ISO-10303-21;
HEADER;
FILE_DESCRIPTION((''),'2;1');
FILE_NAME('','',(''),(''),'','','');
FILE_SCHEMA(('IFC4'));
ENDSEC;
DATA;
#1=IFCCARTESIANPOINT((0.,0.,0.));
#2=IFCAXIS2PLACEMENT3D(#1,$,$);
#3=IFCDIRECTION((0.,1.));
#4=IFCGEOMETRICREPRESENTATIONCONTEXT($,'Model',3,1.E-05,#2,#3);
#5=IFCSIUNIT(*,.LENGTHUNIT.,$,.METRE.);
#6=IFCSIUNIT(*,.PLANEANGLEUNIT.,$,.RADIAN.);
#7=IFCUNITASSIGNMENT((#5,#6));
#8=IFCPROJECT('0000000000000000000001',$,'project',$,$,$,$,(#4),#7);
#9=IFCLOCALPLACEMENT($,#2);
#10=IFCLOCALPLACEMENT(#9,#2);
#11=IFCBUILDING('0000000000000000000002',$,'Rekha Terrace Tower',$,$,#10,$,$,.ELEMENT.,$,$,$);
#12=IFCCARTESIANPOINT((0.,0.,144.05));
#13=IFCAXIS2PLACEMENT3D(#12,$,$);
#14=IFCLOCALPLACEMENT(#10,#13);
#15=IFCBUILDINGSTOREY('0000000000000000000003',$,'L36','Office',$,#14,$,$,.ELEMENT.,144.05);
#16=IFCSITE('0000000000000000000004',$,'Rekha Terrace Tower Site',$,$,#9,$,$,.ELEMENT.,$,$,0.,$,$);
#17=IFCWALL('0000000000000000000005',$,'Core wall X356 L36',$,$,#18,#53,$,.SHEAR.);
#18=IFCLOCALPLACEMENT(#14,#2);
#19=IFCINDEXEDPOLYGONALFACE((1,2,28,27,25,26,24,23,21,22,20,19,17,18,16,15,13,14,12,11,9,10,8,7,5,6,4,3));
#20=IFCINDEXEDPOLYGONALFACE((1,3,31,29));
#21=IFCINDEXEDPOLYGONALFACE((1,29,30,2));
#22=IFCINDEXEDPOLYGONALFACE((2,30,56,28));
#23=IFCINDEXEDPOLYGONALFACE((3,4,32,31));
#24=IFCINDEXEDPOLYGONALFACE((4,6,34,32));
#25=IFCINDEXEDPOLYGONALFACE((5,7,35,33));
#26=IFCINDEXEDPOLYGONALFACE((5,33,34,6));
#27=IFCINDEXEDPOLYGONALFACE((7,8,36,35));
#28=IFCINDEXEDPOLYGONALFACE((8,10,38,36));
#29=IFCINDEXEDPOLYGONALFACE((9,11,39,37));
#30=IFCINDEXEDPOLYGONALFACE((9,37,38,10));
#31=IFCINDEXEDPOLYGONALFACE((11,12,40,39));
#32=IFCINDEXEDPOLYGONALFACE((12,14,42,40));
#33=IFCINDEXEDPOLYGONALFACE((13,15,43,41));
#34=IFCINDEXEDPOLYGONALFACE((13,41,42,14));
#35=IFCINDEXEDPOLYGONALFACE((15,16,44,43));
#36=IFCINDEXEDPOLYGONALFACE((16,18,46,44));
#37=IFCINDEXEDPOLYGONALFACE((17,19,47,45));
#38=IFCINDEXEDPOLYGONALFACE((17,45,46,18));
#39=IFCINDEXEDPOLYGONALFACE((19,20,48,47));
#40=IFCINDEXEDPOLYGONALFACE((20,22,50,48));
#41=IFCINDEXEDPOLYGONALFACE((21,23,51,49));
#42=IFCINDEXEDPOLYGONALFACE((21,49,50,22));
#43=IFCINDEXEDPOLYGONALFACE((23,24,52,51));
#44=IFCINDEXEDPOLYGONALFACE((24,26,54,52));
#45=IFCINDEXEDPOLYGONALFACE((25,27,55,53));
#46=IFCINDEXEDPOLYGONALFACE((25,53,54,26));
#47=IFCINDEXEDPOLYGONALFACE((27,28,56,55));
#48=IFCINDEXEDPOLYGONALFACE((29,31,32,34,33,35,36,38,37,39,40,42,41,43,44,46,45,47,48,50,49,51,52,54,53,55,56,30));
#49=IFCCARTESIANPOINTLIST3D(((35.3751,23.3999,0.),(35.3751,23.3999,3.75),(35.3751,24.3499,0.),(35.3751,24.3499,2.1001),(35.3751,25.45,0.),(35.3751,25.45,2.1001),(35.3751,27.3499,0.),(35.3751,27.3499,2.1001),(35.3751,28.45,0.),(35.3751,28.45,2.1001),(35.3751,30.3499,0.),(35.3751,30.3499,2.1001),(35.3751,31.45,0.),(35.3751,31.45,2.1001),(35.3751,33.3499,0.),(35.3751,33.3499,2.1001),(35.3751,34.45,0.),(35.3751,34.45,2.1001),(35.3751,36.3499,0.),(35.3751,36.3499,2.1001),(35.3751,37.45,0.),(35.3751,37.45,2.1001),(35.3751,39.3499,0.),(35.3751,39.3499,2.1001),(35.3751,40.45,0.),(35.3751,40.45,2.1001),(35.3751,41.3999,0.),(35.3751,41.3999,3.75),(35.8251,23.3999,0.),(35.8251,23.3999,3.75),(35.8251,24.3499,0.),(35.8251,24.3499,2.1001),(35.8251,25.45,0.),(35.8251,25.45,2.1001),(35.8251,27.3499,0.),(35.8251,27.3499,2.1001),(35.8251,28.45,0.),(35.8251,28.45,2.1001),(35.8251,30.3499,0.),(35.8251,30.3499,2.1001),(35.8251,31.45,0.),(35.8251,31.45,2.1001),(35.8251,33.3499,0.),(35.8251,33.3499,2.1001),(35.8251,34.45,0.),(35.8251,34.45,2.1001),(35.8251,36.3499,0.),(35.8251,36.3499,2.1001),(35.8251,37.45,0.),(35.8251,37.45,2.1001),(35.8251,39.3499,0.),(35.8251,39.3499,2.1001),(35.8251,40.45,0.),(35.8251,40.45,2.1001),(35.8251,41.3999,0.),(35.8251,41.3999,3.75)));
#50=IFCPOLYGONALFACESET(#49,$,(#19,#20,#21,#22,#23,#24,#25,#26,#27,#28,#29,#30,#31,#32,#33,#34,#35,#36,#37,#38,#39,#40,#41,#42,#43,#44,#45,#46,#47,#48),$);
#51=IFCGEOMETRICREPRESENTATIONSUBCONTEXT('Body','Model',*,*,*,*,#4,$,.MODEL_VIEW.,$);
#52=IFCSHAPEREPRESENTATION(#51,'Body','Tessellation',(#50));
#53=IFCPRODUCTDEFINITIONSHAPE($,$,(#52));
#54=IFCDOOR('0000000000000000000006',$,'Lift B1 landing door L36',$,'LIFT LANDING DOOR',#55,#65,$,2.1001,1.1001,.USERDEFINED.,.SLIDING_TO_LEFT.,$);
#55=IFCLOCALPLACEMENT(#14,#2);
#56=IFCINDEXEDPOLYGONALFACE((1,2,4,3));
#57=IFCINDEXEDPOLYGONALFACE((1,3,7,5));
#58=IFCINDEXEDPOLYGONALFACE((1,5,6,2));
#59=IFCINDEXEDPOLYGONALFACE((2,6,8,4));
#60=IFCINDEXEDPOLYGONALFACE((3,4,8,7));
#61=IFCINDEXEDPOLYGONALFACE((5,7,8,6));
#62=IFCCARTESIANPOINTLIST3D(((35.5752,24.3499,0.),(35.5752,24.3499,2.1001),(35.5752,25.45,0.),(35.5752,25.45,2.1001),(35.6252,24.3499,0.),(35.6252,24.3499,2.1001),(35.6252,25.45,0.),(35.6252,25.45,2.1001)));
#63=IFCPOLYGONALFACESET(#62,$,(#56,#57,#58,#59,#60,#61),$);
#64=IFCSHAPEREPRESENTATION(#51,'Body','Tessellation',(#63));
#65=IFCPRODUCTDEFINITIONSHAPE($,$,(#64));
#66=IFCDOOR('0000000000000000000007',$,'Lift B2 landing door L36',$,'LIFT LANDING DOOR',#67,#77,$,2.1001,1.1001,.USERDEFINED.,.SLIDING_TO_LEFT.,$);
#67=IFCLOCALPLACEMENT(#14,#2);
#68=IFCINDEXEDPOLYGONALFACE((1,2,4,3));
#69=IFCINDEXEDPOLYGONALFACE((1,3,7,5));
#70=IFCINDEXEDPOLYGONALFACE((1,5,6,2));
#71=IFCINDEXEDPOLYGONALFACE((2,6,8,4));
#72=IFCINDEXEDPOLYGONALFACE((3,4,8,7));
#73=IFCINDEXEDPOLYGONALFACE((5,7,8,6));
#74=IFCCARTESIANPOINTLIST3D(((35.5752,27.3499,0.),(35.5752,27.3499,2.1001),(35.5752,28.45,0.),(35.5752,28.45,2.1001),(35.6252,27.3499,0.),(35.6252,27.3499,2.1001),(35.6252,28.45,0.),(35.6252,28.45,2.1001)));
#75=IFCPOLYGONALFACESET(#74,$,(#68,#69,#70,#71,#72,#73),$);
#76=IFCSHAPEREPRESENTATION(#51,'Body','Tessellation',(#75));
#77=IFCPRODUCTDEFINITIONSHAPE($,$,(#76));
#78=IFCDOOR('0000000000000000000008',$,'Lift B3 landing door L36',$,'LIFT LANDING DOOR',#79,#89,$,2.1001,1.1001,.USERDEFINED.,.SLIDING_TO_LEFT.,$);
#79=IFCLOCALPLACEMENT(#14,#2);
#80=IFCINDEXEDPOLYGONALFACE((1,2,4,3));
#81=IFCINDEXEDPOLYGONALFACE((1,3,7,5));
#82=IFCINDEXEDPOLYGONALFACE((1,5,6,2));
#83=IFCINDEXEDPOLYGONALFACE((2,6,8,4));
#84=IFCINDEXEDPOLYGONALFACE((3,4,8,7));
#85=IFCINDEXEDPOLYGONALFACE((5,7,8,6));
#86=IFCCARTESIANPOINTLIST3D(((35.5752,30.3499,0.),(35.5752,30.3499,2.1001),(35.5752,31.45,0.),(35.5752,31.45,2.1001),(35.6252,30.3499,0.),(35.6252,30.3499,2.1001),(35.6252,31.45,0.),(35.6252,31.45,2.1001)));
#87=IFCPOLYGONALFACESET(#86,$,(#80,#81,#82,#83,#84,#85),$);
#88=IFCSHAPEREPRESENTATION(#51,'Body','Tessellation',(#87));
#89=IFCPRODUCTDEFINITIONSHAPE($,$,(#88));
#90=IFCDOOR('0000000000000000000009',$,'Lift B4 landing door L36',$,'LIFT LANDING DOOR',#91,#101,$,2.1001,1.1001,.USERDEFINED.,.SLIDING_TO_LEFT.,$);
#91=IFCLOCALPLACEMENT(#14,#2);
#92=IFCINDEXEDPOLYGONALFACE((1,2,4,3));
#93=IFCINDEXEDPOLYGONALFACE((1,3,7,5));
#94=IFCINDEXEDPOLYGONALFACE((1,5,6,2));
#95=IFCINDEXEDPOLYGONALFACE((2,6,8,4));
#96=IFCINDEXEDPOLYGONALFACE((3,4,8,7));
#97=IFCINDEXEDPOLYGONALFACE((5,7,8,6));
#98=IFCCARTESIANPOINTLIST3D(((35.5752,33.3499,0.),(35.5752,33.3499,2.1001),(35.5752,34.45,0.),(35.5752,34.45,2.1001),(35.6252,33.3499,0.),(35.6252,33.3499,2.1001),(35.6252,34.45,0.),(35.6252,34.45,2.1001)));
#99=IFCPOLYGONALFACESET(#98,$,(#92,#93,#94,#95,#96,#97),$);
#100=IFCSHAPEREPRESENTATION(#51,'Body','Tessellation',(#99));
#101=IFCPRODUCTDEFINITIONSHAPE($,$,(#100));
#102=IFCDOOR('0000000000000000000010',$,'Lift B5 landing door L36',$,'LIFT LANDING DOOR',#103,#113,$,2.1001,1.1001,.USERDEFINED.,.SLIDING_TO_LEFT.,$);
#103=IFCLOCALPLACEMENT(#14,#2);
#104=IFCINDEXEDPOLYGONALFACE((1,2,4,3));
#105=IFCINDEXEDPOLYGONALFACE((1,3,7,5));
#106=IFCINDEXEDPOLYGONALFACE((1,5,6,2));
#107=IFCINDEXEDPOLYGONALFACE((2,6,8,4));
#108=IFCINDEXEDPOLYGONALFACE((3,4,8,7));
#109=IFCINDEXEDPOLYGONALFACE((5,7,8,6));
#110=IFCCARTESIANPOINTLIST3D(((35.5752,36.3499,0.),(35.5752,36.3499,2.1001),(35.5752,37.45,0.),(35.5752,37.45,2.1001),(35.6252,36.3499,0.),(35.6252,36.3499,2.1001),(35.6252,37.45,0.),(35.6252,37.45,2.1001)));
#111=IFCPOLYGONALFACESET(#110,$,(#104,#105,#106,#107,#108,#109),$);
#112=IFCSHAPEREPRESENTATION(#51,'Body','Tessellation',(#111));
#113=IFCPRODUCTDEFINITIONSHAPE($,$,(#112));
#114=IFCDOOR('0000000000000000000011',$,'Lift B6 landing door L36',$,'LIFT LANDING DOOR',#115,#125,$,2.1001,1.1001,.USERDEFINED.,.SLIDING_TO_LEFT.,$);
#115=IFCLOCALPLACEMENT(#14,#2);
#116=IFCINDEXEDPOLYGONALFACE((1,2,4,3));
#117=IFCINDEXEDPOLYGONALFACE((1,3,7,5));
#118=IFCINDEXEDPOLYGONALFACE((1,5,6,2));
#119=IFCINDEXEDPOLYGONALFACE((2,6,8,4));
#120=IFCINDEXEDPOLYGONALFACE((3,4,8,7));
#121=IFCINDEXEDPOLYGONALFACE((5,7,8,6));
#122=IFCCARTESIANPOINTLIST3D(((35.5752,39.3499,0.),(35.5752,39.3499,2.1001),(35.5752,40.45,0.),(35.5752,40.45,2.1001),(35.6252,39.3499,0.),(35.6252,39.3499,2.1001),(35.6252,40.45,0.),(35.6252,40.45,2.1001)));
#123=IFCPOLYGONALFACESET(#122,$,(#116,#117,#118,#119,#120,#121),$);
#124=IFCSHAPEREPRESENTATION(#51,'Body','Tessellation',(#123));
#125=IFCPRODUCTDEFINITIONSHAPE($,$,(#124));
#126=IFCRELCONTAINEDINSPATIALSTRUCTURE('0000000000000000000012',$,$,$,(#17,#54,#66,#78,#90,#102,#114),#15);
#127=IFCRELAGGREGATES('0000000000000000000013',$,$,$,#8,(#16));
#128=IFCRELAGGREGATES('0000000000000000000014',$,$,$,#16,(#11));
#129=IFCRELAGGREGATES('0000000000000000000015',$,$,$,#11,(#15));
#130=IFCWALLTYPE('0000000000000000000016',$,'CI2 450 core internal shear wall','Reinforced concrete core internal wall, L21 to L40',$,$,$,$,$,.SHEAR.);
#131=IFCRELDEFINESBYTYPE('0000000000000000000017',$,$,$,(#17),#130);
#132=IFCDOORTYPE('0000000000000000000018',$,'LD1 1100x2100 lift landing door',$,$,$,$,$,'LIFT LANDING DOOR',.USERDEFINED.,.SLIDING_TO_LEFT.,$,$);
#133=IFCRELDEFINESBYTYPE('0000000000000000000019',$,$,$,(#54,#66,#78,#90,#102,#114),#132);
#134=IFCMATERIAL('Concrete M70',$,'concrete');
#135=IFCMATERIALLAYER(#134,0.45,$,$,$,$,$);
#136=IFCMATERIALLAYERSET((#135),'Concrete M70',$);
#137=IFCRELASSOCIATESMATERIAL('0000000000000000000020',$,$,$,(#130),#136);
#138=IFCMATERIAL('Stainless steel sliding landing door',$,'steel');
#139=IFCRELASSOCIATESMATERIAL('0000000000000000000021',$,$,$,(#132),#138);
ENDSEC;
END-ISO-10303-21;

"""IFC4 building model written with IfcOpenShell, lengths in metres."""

from ifc_helpers import new_model, si_unit, direction, frame, frame_2d, origin, place, context, subcontext, project, spatial, rectangle, extrude, material, layer, layer_set, type_object, element, fill, save


model = new_model("IFC4")

# Units and contexts
model_context = context("Model", 3, precision=1e-05, world=origin(), true_north=direction((0.0, 1.0)))
body_context = subcontext(model_context, "Body", "Model", "MODEL_VIEW")
ifc_project = project(units=[si_unit("LENGTHUNIT", "METRE"), si_unit("PLANEANGLEUNIT", "RADIAN")], contexts=[model_context])

# Site, building, storey
site_placement = place(None, origin())
site = spatial("IfcSite", under=ifc_project, at=site_placement, Name="Rekha Terrace Tower Site", CompositionType="ELEMENT", RefElevation=0.0)
building_placement = place(site_placement, origin())
building = spatial("IfcBuilding", under=site, at=building_placement, Name="Rekha Terrace Tower", CompositionType="ELEMENT")
storey_placement = place(building_placement, frame((0.0, 0.0, 144.05)))
storey = spatial("IfcBuildingStorey", under=building, at=storey_placement, Name="L36", Description="Office", CompositionType="ELEMENT", Elevation=144.05)

# Wall, openings, doors
ifc_material_1 = material(Name="Concrete M70", Category="concrete")
ifc_layer_1 = layer(ifc_material_1, 0.45)
ifc_layer_set_1 = layer_set([ifc_layer_1], Name="Concrete M70")
wall_type_1 = type_object("IfcWallType", Name="CI2 450 core internal shear wall", Description="Reinforced concrete core internal wall, L21 to L40", PredefinedType="SHEAR", material=ifc_layer_set_1)
wall_1_placement = place(storey_placement, frame((35.6001, 23.3999, 0.0), z_axis=(0.0, 0.0, 1.0), x_axis=(0.0, 1.0, 0.0)))
wall_1 = element("IfcWall", 1, at=wall_1_placement, inside=storey, type_object=wall_type_1, Name="Core wall X356 L36", PredefinedType="SHEAR", context=body_context, shape_type="SweptSolid", body=[
    extrude(rectangle(XDim=18.0, YDim=0.45, at=frame_2d((9.0, 0.0))), origin(), (0.0, 0.0, 1.0), 3.75),
])
opening_1_placement = place(wall_1_placement, frame((0.95, 0.0, 0.0)))
opening_1 = element("IfcOpeningElement", 2, at=opening_1_placement, cuts=wall_1, PredefinedType="OPENING", context=body_context, shape_type="SweptSolid", body=[
    extrude(rectangle(XDim=1.1001, YDim=2.1001, at=frame_2d((0.55, 1.05))), frame((0.0, 0.2349, 0.0), z_axis=(0.0, -1.0, 0.0), x_axis=(1.0, 0.0, 0.0)), (0.0, 0.0, 1.0), 0.47),
])
opening_2_placement = place(wall_1_placement, frame((3.95, 0.0, 0.0)))
opening_2 = element("IfcOpeningElement", 3, at=opening_2_placement, cuts=wall_1, PredefinedType="OPENING", context=body_context, shape_type="SweptSolid", body=[
    extrude(rectangle(XDim=1.1001, YDim=2.1001, at=frame_2d((0.55, 1.05))), frame((0.0, 0.2349, 0.0), z_axis=(0.0, -1.0, 0.0), x_axis=(1.0, 0.0, 0.0)), (0.0, 0.0, 1.0), 0.47),
])
opening_3_placement = place(wall_1_placement, frame((6.95, 0.0, 0.0)))
opening_3 = element("IfcOpeningElement", 4, at=opening_3_placement, cuts=wall_1, PredefinedType="OPENING", context=body_context, shape_type="SweptSolid", body=[
    extrude(rectangle(XDim=1.1001, YDim=2.1001, at=frame_2d((0.55, 1.05))), frame((0.0, 0.2349, 0.0), z_axis=(0.0, -1.0, 0.0), x_axis=(1.0, 0.0, 0.0)), (0.0, 0.0, 1.0), 0.47),
])
opening_4_placement = place(wall_1_placement, frame((9.95, 0.0, 0.0)))
opening_4 = element("IfcOpeningElement", 5, at=opening_4_placement, cuts=wall_1, PredefinedType="OPENING", context=body_context, shape_type="SweptSolid", body=[
    extrude(rectangle(XDim=1.1001, YDim=2.1001, at=frame_2d((0.55, 1.05))), frame((0.0, 0.2349, 0.0), z_axis=(0.0, -1.0, 0.0), x_axis=(1.0, 0.0, 0.0)), (0.0, 0.0, 1.0), 0.47),
])
opening_5_placement = place(wall_1_placement, frame((12.95, 0.0, 0.0)))
opening_5 = element("IfcOpeningElement", 6, at=opening_5_placement, cuts=wall_1, PredefinedType="OPENING", context=body_context, shape_type="SweptSolid", body=[
    extrude(rectangle(XDim=1.1001, YDim=2.1001, at=frame_2d((0.55, 1.05))), frame((0.0, 0.2349, 0.0), z_axis=(0.0, -1.0, 0.0), x_axis=(1.0, 0.0, 0.0)), (0.0, 0.0, 1.0), 0.47),
])
opening_6_placement = place(wall_1_placement, frame((15.95, 0.0, 0.0)))
opening_6 = element("IfcOpeningElement", 7, at=opening_6_placement, cuts=wall_1, PredefinedType="OPENING", context=body_context, shape_type="SweptSolid", body=[
    extrude(rectangle(XDim=1.1001, YDim=2.1001, at=frame_2d((0.55, 1.05))), frame((0.0, 0.2349, 0.0), z_axis=(0.0, -1.0, 0.0), x_axis=(1.0, 0.0, 0.0)), (0.0, 0.0, 1.0), 0.47),
])
ifc_material_2 = material(Name="Stainless steel sliding landing door", Category="steel")
door_type_1 = type_object("IfcDoorType", Name="LD1 1100x2100 lift landing door", ElementType="LIFT LANDING DOOR", OperationType="SLIDING_TO_LEFT", PredefinedType="USERDEFINED", material=ifc_material_2)
door_1_placement = place(opening_1_placement, origin())
door_1 = element("IfcDoor", 8, at=door_1_placement, inside=storey, type_object=door_type_1, Name="Lift B1 landing door L36", ObjectType="LIFT LANDING DOOR", OperationType="SLIDING_TO_LEFT", OverallHeight=2.1001, OverallWidth=1.1001, PredefinedType="USERDEFINED", context=body_context, shape_type="SweptSolid", body=[
    extrude(rectangle(XDim=1.1001, YDim=2.1001, at=frame_2d((0.55, 1.05))), frame((0.0, 0.0249, 0.0), z_axis=(0.0, -1.0, 0.0), x_axis=(1.0, 0.0, 0.0)), (0.0, 0.0, 1.0), 0.05),
])
fill(opening_1, door_1)
door_2_placement = place(opening_2_placement, origin())
door_2 = element("IfcDoor", 9, at=door_2_placement, inside=storey, type_object=door_type_1, Name="Lift B2 landing door L36", ObjectType="LIFT LANDING DOOR", OperationType="SLIDING_TO_LEFT", OverallHeight=2.1001, OverallWidth=1.1001, PredefinedType="USERDEFINED", context=body_context, shape_type="SweptSolid", body=[
    extrude(rectangle(XDim=1.1001, YDim=2.1001, at=frame_2d((0.55, 1.05))), frame((0.0, 0.0249, 0.0), z_axis=(0.0, -1.0, 0.0), x_axis=(1.0, 0.0, 0.0)), (0.0, 0.0, 1.0), 0.05),
])
fill(opening_2, door_2)
door_3_placement = place(opening_3_placement, origin())
door_3 = element("IfcDoor", 10, at=door_3_placement, inside=storey, type_object=door_type_1, Name="Lift B3 landing door L36", ObjectType="LIFT LANDING DOOR", OperationType="SLIDING_TO_LEFT", OverallHeight=2.1001, OverallWidth=1.1001, PredefinedType="USERDEFINED", context=body_context, shape_type="SweptSolid", body=[
    extrude(rectangle(XDim=1.1001, YDim=2.1001, at=frame_2d((0.55, 1.05))), frame((0.0, 0.0249, 0.0), z_axis=(0.0, -1.0, 0.0), x_axis=(1.0, 0.0, 0.0)), (0.0, 0.0, 1.0), 0.05),
])
fill(opening_3, door_3)
door_4_placement = place(opening_4_placement, origin())
door_4 = element("IfcDoor", 11, at=door_4_placement, inside=storey, type_object=door_type_1, Name="Lift B4 landing door L36", ObjectType="LIFT LANDING DOOR", OperationType="SLIDING_TO_LEFT", OverallHeight=2.1001, OverallWidth=1.1001, PredefinedType="USERDEFINED", context=body_context, shape_type="SweptSolid", body=[
    extrude(rectangle(XDim=1.1001, YDim=2.1001, at=frame_2d((0.55, 1.05))), frame((0.0, 0.0249, 0.0), z_axis=(0.0, -1.0, 0.0), x_axis=(1.0, 0.0, 0.0)), (0.0, 0.0, 1.0), 0.05),
])
fill(opening_4, door_4)
door_5_placement = place(opening_5_placement, origin())
door_5 = element("IfcDoor", 12, at=door_5_placement, inside=storey, type_object=door_type_1, Name="Lift B5 landing door L36", ObjectType="LIFT LANDING DOOR", OperationType="SLIDING_TO_LEFT", OverallHeight=2.1001, OverallWidth=1.1001, PredefinedType="USERDEFINED", context=body_context, shape_type="SweptSolid", body=[
    extrude(rectangle(XDim=1.1001, YDim=2.1001, at=frame_2d((0.55, 1.05))), frame((0.0, 0.0249, 0.0), z_axis=(0.0, -1.0, 0.0), x_axis=(1.0, 0.0, 0.0)), (0.0, 0.0, 1.0), 0.05),
])
fill(opening_5, door_5)
door_6_placement = place(opening_6_placement, origin())
door_6 = element("IfcDoor", 13, at=door_6_placement, inside=storey, type_object=door_type_1, Name="Lift B6 landing door L36", ObjectType="LIFT LANDING DOOR", OperationType="SLIDING_TO_LEFT", OverallHeight=2.1001, OverallWidth=1.1001, PredefinedType="USERDEFINED", context=body_context, shape_type="SweptSolid", body=[
    extrude(rectangle(XDim=1.1001, YDim=2.1001, at=frame_2d((0.55, 1.05))), frame((0.0, 0.0249, 0.0), z_axis=(0.0, -1.0, 0.0), x_axis=(1.0, 0.0, 0.0)), (0.0, 0.0, 1.0), 0.05),
])
fill(opening_6, door_6)

save(model, "model.ifc")
